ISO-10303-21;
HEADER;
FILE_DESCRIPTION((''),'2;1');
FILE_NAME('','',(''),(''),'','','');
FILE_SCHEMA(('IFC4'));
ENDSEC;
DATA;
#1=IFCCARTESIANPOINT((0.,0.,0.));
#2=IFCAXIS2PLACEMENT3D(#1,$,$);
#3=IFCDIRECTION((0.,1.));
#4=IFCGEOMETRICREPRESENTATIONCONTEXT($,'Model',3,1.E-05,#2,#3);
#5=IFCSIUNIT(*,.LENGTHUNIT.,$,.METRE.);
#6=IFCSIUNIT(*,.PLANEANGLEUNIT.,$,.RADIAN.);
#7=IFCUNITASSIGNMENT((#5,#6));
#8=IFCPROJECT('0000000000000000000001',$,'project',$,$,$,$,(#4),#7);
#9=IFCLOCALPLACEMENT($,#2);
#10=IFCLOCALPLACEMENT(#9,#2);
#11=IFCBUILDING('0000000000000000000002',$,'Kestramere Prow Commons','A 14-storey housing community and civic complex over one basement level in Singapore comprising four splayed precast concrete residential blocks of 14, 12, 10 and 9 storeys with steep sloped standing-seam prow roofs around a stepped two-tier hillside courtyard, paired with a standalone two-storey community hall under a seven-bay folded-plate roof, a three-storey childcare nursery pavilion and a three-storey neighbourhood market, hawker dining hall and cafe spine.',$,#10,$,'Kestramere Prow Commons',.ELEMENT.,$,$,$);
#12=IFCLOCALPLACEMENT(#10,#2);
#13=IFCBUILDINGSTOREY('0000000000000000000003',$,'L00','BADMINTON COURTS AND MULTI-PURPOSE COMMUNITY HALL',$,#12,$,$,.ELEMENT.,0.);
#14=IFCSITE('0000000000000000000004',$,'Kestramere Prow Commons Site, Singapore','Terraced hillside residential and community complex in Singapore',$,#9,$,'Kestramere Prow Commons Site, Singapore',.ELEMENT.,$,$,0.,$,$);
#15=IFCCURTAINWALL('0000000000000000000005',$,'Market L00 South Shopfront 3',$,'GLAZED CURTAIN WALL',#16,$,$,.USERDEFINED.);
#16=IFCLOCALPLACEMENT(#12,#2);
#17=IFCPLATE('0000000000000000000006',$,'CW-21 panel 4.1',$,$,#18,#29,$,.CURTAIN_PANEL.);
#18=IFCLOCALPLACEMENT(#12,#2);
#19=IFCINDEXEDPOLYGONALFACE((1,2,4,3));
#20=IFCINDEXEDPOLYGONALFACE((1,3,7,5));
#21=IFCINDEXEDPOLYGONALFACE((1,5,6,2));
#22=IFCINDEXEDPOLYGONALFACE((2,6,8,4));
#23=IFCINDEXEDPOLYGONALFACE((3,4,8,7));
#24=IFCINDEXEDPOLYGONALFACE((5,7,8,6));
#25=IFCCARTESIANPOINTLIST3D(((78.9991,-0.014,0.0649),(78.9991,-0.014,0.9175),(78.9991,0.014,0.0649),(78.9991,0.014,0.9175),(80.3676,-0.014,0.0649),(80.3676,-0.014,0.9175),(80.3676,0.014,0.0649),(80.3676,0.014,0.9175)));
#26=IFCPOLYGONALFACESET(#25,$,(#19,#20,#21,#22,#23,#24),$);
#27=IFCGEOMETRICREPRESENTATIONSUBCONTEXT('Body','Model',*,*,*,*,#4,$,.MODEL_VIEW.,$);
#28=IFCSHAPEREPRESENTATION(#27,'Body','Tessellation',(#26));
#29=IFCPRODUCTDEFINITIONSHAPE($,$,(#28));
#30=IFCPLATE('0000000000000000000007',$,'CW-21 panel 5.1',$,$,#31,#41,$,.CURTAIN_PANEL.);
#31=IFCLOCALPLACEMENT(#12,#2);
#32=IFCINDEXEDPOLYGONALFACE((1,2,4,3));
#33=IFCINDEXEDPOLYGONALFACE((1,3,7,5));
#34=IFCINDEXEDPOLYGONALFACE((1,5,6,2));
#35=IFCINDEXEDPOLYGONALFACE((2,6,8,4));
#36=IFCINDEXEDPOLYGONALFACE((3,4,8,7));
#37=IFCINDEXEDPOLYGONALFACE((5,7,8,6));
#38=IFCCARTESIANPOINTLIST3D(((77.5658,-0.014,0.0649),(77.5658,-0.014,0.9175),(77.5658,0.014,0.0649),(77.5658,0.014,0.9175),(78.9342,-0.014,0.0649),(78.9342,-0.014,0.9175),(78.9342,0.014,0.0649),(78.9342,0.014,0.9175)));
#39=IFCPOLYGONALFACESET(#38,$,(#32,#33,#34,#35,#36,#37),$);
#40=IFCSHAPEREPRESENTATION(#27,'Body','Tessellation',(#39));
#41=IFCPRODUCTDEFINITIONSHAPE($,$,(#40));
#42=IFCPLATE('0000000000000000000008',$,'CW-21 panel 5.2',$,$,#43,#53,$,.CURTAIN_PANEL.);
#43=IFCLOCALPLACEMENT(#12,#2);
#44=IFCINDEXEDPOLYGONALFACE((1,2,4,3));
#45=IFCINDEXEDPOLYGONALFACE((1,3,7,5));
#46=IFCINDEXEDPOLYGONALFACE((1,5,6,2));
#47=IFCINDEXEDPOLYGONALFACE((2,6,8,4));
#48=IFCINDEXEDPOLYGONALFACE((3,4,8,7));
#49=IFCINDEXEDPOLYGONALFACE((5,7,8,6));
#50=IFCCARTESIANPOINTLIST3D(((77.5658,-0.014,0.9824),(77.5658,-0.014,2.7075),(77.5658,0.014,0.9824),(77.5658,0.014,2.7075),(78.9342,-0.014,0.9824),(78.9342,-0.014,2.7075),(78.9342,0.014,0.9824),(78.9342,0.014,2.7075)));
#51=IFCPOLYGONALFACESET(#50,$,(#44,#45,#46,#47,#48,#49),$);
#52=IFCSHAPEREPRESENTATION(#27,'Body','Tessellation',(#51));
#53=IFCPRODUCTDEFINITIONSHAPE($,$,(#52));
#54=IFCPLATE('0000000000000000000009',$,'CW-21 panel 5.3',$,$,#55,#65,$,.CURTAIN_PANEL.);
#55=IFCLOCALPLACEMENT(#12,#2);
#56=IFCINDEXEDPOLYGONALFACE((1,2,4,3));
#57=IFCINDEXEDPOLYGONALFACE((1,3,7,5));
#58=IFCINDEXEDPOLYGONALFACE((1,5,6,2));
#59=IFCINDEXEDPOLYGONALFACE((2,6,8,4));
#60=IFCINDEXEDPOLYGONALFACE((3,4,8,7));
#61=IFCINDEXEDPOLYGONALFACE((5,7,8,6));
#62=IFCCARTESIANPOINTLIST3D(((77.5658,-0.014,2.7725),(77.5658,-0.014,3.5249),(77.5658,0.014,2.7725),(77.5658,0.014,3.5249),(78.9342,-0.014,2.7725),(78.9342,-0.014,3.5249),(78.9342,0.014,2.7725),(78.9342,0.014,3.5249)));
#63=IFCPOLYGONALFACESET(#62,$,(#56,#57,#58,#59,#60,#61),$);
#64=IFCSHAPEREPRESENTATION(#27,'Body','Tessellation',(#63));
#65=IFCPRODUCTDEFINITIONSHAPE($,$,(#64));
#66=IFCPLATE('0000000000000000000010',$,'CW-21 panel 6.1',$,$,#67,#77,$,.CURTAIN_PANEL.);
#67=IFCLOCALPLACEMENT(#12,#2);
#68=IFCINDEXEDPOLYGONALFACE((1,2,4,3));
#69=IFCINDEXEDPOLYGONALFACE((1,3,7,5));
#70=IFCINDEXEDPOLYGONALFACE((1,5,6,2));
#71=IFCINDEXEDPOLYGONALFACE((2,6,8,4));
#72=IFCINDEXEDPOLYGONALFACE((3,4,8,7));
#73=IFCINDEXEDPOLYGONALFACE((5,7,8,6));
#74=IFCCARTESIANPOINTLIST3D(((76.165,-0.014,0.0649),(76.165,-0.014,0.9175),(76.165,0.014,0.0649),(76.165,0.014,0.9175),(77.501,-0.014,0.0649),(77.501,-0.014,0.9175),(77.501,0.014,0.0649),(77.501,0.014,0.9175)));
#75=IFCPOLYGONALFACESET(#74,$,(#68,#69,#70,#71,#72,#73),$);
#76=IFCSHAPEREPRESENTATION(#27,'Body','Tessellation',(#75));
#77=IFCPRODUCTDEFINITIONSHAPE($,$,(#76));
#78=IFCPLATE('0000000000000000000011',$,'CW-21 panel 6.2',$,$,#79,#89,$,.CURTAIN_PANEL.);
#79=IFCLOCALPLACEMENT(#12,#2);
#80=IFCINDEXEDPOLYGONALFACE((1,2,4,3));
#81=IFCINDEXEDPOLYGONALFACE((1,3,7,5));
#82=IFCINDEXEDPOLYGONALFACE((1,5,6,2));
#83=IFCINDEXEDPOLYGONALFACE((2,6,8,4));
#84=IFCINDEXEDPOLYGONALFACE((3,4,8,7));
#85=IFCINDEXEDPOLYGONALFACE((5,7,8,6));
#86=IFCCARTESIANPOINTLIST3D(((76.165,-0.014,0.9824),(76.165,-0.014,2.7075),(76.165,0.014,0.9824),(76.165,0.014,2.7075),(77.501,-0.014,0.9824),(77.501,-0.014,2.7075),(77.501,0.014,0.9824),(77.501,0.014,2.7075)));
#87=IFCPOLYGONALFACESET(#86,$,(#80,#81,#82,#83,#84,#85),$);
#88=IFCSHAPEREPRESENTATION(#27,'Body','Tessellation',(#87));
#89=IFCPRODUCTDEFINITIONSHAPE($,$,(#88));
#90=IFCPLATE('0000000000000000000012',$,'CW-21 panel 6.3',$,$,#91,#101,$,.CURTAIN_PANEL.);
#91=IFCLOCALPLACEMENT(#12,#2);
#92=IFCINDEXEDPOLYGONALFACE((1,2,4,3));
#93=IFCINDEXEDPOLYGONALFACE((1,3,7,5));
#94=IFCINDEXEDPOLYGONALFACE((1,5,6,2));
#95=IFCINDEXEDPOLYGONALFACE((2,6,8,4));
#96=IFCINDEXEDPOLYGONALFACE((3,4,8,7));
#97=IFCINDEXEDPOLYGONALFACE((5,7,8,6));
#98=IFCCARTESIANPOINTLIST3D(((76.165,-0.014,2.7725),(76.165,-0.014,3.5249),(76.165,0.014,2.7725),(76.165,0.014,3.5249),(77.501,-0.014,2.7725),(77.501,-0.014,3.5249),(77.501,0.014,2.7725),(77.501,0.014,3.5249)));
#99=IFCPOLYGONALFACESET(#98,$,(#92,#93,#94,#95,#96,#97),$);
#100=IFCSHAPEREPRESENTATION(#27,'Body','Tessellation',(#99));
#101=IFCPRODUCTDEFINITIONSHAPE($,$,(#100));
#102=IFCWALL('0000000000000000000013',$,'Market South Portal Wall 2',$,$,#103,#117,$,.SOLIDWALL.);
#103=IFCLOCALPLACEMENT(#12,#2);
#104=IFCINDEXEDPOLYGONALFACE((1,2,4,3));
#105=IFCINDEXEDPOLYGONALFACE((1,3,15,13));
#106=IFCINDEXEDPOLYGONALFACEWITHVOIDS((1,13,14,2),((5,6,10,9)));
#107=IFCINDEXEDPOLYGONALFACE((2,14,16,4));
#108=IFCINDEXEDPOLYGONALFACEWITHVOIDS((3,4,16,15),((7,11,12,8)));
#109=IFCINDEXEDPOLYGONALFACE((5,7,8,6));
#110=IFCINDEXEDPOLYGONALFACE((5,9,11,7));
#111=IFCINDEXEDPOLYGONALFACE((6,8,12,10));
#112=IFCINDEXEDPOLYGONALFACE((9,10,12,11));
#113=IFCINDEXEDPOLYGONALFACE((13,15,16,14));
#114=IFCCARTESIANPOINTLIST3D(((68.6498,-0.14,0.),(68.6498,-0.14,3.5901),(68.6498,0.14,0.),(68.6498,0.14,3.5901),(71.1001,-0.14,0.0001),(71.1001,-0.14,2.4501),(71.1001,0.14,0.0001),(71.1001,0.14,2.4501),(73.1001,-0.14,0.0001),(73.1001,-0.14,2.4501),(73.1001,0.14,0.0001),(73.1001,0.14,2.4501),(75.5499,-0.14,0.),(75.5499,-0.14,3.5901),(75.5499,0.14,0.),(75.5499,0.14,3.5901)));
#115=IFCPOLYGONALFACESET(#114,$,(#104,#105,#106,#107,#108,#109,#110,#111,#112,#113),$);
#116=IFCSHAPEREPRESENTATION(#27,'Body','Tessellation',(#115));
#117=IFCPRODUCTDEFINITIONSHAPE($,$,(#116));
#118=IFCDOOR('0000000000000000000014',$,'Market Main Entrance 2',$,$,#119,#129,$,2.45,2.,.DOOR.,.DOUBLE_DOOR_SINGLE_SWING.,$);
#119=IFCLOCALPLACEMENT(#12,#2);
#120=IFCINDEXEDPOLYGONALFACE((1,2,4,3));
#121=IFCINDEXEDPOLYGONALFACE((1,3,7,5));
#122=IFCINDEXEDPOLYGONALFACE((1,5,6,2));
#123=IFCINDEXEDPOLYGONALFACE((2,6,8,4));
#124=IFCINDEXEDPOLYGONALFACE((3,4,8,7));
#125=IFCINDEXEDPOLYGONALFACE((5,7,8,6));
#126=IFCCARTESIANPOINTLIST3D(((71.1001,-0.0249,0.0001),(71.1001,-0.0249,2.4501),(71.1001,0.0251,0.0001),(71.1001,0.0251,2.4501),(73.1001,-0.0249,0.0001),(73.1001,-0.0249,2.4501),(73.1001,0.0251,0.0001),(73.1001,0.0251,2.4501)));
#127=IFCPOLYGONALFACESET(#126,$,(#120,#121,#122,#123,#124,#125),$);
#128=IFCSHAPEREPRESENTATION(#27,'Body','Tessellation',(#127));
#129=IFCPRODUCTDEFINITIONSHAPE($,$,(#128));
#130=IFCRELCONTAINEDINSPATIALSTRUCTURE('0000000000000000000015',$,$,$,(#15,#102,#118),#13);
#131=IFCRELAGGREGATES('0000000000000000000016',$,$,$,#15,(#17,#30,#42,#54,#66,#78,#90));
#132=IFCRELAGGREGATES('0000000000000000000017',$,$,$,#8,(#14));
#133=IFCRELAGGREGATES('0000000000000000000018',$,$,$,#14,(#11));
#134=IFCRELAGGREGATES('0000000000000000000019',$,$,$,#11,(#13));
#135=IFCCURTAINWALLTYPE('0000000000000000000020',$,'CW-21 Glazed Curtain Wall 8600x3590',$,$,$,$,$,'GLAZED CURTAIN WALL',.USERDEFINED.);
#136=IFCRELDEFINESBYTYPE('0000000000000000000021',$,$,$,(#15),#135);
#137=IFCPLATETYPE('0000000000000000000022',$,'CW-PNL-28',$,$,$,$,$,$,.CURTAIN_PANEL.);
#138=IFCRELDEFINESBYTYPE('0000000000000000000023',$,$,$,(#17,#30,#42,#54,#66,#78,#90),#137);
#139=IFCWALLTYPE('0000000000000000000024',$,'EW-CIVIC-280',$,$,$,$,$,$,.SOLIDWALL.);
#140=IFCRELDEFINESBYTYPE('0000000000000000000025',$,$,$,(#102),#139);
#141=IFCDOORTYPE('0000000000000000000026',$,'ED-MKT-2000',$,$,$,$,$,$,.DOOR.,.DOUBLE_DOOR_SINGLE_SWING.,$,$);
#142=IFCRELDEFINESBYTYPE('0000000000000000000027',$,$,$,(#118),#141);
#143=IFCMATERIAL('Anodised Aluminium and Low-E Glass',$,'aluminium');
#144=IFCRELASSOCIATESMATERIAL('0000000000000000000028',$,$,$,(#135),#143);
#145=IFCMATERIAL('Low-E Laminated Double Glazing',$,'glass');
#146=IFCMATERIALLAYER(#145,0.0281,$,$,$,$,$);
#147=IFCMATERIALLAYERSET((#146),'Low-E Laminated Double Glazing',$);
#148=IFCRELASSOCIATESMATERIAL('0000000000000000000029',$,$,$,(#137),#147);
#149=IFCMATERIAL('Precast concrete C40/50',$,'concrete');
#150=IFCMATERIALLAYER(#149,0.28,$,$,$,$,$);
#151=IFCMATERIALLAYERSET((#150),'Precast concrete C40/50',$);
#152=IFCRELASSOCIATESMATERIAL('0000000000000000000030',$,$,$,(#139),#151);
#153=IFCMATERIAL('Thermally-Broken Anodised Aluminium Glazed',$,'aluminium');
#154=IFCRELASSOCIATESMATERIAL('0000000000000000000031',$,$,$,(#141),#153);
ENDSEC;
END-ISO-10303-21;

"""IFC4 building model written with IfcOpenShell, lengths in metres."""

from ifc_helpers import new_model, si_unit, direction, frame, frame_2d, origin, origin_2d, place, context, subcontext, project, spatial, rectangle, extrude, material, layer, layer_set, type_object, element, fill, aggregate, save


model = new_model("IFC4")

# Units and contexts
model_context = context("Model", 3, precision=1e-05, world=origin(), true_north=direction((0.0, 1.0)))
body_context = subcontext(model_context, "Body", "Model", "MODEL_VIEW")
ifc_project = project(units=[si_unit("LENGTHUNIT", "METRE"), si_unit("PLANEANGLEUNIT", "RADIAN")], contexts=[model_context])

# Site, building, storey
site_placement = place(None, origin())
site = spatial("IfcSite", under=ifc_project, at=site_placement, Name="Kestramere Prow Commons Site, Singapore", Description="Terraced hillside residential and community complex in Singapore", LongName="Kestramere Prow Commons Site, Singapore", CompositionType="ELEMENT", RefElevation=0.0)
building_placement = place(site_placement, origin())
building = spatial("IfcBuilding", under=site, at=building_placement, Name="Kestramere Prow Commons", Description="A 14-storey housing community and civic complex over one basement level in Singapore comprising four splayed precast concrete residential blocks of 14, 12, 10 and 9 storeys with steep sloped standing-seam prow roofs around a stepped two-tier hillside courtyard, paired with a standalone two-storey community hall under a seven-bay folded-plate roof, a three-storey childcare nursery pavilion and a three-storey neighbourhood market, hawker dining hall and cafe spine.", LongName="Kestramere Prow Commons", CompositionType="ELEMENT")
storey_placement = place(building_placement, origin())
storey = spatial("IfcBuildingStorey", under=building, at=storey_placement, Name="L00", Description="BADMINTON COURTS AND MULTI-PURPOSE COMMUNITY HALL", CompositionType="ELEMENT", Elevation=0.0)

# Shared definitions
ifc_material_1 = material(Name="Precast concrete C40/50", Category="concrete")

# Curtain wall
ifc_material_2 = material(Name="Anodised Aluminium and Low-E Glass", Category="aluminium")
curtain_wall_type_1 = type_object("IfcCurtainWallType", Name="CW-21 Glazed Curtain Wall 8600x3590", ElementType="GLAZED CURTAIN WALL", PredefinedType="USERDEFINED", material=ifc_material_2)
curtain_wall_1_placement = place(storey_placement, origin())
curtain_wall_1 = element("IfcCurtainWall", 1, at=curtain_wall_1_placement, inside=storey, type_object=curtain_wall_type_1, Name="Market L00 South Shopfront 3", ObjectType="GLAZED CURTAIN WALL", PredefinedType="USERDEFINED")

# Plates
ifc_material_3 = material(Name="Low-E Laminated Double Glazing", Category="glass")
ifc_layer_1 = layer(ifc_material_3, 0.0281)
ifc_layer_set_1 = layer_set([ifc_layer_1], Name="Low-E Laminated Double Glazing")
plate_type = type_object("IfcPlateType", Name="CW-PNL-28", PredefinedType="CURTAIN_PANEL", material=ifc_layer_set_1)
plate_1_placement = place(storey_placement, frame((79.6833, 0.0, 0.0649), z_axis=(0.0, 0.0, 1.0), x_axis=(-1.0, 0.0, 0.0)))
plate_1 = element("IfcPlate", 2, at=plate_1_placement, type_object=plate_type, Name="CW-21 panel 4.1", PredefinedType="CURTAIN_PANEL", context=body_context, shape_type="SweptSolid", body=[
    extrude(rectangle(XDim=1.3684, YDim=0.0281, at=origin_2d()), origin(), (0.0, 0.0, 1.0), 0.8525),
])
plate_2_placement = place(storey_placement, frame((78.25, 0.0, 0.0649), z_axis=(0.0, 0.0, 1.0), x_axis=(-1.0, 0.0, 0.0)))
plate_2 = element("IfcPlate", 3, at=plate_2_placement, type_object=plate_type, Name="CW-21 panel 5.1", PredefinedType="CURTAIN_PANEL", context=body_context, shape_type="SweptSolid", body=[
    extrude(rectangle(XDim=1.3684, YDim=0.0281, at=origin_2d()), origin(), (0.0, 0.0, 1.0), 0.8525),
])
plate_3_placement = place(storey_placement, frame((78.25, 0.0, 0.9824), z_axis=(0.0, 0.0, 1.0), x_axis=(-1.0, 0.0, 0.0)))
plate_3 = element("IfcPlate", 4, at=plate_3_placement, type_object=plate_type, Name="CW-21 panel 5.2", PredefinedType="CURTAIN_PANEL", context=body_context, shape_type="SweptSolid", body=[
    extrude(rectangle(XDim=1.3684, YDim=0.0281, at=origin_2d()), origin(), (0.0, 0.0, 1.0), 1.7251),
])
plate_4_placement = place(storey_placement, frame((78.25, 0.0, 2.7725), z_axis=(0.0, 0.0, 1.0), x_axis=(-1.0, 0.0, 0.0)))
plate_4 = element("IfcPlate", 5, at=plate_4_placement, type_object=plate_type, Name="CW-21 panel 5.3", PredefinedType="CURTAIN_PANEL", context=body_context, shape_type="SweptSolid", body=[
    extrude(rectangle(XDim=1.3684, YDim=0.0281, at=origin_2d()), origin(), (0.0, 0.0, 1.0), 0.7524),
])
plate_5_placement = place(storey_placement, frame((76.833, 0.0, 0.0649), z_axis=(0.0, 0.0, 1.0), x_axis=(-1.0, 0.0, 0.0)))
plate_5 = element("IfcPlate", 6, at=plate_5_placement, type_object=plate_type, Name="CW-21 panel 6.1", PredefinedType="CURTAIN_PANEL", context=body_context, shape_type="SweptSolid", body=[
    extrude(rectangle(XDim=1.3359, YDim=0.0281, at=origin_2d()), origin(), (0.0, 0.0, 1.0), 0.8525),
])
plate_6_placement = place(storey_placement, frame((76.833, 0.0, 0.9824), z_axis=(0.0, 0.0, 1.0), x_axis=(-1.0, 0.0, 0.0)))
plate_6 = element("IfcPlate", 7, at=plate_6_placement, type_object=plate_type, Name="CW-21 panel 6.2", PredefinedType="CURTAIN_PANEL", context=body_context, shape_type="SweptSolid", body=[
    extrude(rectangle(XDim=1.3359, YDim=0.0281, at=origin_2d()), origin(), (0.0, 0.0, 1.0), 1.7251),
])
plate_7_placement = place(storey_placement, frame((76.833, 0.0, 2.7725), z_axis=(0.0, 0.0, 1.0), x_axis=(-1.0, 0.0, 0.0)))
plate_7 = element("IfcPlate", 8, at=plate_7_placement, type_object=plate_type, Name="CW-21 panel 6.3", PredefinedType="CURTAIN_PANEL", context=body_context, shape_type="SweptSolid", body=[
    extrude(rectangle(XDim=1.3359, YDim=0.0281, at=origin_2d()), origin(), (0.0, 0.0, 1.0), 0.7524),
])
aggregate(curtain_wall_1, [plate_1, plate_2, plate_3, plate_4, plate_5, plate_6, plate_7])

# Wall, opening, door
ifc_layer_2 = layer(ifc_material_1, 0.28)
ifc_layer_set_2 = layer_set([ifc_layer_2], Name="Precast concrete C40/50")
wall_type = type_object("IfcWallType", Name="EW-CIVIC-280", PredefinedType="SOLIDWALL", material=ifc_layer_set_2)
wall_placement = place(storey_placement, frame((75.55, 0.0, 0.0), z_axis=(0.0, 0.0, 1.0), x_axis=(-1.0, 0.0, 0.0)))
wall = element("IfcWall", 9, at=wall_placement, inside=storey, type_object=wall_type, Name="Market South Portal Wall 2", PredefinedType="SOLIDWALL", context=body_context, shape_type="SweptSolid", body=[
    extrude(rectangle(XDim=6.9001, YDim=0.28, at=frame_2d((3.4502, 0.0))), origin(), (0.0, 0.0, 1.0), 3.5901),
])
opening_placement = place(wall_placement, frame((2.45, 0.0, 0.0)))
opening = element("IfcOpeningElement", 10, at=opening_placement, cuts=wall, PredefinedType="OPENING", context=body_context, shape_type="SweptSolid", body=[
    extrude(rectangle(XDim=2.0, YDim=2.45, at=frame_2d((1.0, 1.2251))), frame((0.0, 0.155, 0.0), z_axis=(0.0, -1.0, 0.0), x_axis=(1.0, 0.0, 0.0)), (0.0, 0.0, 1.0), 0.3101),
])
ifc_material_4 = material(Name="Thermally-Broken Anodised Aluminium Glazed", Category="aluminium")
door_type = type_object("IfcDoorType", Name="ED-MKT-2000", OperationType="DOUBLE_DOOR_SINGLE_SWING", PredefinedType="DOOR", material=ifc_material_4)
door_placement = place(opening_placement, origin())
door = element("IfcDoor", 11, at=door_placement, inside=storey, type_object=door_type, Name="Market Main Entrance 2", OperationType="DOUBLE_DOOR_SINGLE_SWING", OverallHeight=2.45, OverallWidth=2.0, PredefinedType="DOOR", context=body_context, shape_type="SweptSolid", body=[
    extrude(rectangle(XDim=2.0, YDim=2.45, at=frame_2d((1.0, 1.2251))), frame((0.0, 0.0249, 0.0), z_axis=(0.0, -1.0, 0.0), x_axis=(1.0, 0.0, 0.0)), (0.0, 0.0, 1.0), 0.05),
])
fill(opening, door)

save(model, "model.ifc")
